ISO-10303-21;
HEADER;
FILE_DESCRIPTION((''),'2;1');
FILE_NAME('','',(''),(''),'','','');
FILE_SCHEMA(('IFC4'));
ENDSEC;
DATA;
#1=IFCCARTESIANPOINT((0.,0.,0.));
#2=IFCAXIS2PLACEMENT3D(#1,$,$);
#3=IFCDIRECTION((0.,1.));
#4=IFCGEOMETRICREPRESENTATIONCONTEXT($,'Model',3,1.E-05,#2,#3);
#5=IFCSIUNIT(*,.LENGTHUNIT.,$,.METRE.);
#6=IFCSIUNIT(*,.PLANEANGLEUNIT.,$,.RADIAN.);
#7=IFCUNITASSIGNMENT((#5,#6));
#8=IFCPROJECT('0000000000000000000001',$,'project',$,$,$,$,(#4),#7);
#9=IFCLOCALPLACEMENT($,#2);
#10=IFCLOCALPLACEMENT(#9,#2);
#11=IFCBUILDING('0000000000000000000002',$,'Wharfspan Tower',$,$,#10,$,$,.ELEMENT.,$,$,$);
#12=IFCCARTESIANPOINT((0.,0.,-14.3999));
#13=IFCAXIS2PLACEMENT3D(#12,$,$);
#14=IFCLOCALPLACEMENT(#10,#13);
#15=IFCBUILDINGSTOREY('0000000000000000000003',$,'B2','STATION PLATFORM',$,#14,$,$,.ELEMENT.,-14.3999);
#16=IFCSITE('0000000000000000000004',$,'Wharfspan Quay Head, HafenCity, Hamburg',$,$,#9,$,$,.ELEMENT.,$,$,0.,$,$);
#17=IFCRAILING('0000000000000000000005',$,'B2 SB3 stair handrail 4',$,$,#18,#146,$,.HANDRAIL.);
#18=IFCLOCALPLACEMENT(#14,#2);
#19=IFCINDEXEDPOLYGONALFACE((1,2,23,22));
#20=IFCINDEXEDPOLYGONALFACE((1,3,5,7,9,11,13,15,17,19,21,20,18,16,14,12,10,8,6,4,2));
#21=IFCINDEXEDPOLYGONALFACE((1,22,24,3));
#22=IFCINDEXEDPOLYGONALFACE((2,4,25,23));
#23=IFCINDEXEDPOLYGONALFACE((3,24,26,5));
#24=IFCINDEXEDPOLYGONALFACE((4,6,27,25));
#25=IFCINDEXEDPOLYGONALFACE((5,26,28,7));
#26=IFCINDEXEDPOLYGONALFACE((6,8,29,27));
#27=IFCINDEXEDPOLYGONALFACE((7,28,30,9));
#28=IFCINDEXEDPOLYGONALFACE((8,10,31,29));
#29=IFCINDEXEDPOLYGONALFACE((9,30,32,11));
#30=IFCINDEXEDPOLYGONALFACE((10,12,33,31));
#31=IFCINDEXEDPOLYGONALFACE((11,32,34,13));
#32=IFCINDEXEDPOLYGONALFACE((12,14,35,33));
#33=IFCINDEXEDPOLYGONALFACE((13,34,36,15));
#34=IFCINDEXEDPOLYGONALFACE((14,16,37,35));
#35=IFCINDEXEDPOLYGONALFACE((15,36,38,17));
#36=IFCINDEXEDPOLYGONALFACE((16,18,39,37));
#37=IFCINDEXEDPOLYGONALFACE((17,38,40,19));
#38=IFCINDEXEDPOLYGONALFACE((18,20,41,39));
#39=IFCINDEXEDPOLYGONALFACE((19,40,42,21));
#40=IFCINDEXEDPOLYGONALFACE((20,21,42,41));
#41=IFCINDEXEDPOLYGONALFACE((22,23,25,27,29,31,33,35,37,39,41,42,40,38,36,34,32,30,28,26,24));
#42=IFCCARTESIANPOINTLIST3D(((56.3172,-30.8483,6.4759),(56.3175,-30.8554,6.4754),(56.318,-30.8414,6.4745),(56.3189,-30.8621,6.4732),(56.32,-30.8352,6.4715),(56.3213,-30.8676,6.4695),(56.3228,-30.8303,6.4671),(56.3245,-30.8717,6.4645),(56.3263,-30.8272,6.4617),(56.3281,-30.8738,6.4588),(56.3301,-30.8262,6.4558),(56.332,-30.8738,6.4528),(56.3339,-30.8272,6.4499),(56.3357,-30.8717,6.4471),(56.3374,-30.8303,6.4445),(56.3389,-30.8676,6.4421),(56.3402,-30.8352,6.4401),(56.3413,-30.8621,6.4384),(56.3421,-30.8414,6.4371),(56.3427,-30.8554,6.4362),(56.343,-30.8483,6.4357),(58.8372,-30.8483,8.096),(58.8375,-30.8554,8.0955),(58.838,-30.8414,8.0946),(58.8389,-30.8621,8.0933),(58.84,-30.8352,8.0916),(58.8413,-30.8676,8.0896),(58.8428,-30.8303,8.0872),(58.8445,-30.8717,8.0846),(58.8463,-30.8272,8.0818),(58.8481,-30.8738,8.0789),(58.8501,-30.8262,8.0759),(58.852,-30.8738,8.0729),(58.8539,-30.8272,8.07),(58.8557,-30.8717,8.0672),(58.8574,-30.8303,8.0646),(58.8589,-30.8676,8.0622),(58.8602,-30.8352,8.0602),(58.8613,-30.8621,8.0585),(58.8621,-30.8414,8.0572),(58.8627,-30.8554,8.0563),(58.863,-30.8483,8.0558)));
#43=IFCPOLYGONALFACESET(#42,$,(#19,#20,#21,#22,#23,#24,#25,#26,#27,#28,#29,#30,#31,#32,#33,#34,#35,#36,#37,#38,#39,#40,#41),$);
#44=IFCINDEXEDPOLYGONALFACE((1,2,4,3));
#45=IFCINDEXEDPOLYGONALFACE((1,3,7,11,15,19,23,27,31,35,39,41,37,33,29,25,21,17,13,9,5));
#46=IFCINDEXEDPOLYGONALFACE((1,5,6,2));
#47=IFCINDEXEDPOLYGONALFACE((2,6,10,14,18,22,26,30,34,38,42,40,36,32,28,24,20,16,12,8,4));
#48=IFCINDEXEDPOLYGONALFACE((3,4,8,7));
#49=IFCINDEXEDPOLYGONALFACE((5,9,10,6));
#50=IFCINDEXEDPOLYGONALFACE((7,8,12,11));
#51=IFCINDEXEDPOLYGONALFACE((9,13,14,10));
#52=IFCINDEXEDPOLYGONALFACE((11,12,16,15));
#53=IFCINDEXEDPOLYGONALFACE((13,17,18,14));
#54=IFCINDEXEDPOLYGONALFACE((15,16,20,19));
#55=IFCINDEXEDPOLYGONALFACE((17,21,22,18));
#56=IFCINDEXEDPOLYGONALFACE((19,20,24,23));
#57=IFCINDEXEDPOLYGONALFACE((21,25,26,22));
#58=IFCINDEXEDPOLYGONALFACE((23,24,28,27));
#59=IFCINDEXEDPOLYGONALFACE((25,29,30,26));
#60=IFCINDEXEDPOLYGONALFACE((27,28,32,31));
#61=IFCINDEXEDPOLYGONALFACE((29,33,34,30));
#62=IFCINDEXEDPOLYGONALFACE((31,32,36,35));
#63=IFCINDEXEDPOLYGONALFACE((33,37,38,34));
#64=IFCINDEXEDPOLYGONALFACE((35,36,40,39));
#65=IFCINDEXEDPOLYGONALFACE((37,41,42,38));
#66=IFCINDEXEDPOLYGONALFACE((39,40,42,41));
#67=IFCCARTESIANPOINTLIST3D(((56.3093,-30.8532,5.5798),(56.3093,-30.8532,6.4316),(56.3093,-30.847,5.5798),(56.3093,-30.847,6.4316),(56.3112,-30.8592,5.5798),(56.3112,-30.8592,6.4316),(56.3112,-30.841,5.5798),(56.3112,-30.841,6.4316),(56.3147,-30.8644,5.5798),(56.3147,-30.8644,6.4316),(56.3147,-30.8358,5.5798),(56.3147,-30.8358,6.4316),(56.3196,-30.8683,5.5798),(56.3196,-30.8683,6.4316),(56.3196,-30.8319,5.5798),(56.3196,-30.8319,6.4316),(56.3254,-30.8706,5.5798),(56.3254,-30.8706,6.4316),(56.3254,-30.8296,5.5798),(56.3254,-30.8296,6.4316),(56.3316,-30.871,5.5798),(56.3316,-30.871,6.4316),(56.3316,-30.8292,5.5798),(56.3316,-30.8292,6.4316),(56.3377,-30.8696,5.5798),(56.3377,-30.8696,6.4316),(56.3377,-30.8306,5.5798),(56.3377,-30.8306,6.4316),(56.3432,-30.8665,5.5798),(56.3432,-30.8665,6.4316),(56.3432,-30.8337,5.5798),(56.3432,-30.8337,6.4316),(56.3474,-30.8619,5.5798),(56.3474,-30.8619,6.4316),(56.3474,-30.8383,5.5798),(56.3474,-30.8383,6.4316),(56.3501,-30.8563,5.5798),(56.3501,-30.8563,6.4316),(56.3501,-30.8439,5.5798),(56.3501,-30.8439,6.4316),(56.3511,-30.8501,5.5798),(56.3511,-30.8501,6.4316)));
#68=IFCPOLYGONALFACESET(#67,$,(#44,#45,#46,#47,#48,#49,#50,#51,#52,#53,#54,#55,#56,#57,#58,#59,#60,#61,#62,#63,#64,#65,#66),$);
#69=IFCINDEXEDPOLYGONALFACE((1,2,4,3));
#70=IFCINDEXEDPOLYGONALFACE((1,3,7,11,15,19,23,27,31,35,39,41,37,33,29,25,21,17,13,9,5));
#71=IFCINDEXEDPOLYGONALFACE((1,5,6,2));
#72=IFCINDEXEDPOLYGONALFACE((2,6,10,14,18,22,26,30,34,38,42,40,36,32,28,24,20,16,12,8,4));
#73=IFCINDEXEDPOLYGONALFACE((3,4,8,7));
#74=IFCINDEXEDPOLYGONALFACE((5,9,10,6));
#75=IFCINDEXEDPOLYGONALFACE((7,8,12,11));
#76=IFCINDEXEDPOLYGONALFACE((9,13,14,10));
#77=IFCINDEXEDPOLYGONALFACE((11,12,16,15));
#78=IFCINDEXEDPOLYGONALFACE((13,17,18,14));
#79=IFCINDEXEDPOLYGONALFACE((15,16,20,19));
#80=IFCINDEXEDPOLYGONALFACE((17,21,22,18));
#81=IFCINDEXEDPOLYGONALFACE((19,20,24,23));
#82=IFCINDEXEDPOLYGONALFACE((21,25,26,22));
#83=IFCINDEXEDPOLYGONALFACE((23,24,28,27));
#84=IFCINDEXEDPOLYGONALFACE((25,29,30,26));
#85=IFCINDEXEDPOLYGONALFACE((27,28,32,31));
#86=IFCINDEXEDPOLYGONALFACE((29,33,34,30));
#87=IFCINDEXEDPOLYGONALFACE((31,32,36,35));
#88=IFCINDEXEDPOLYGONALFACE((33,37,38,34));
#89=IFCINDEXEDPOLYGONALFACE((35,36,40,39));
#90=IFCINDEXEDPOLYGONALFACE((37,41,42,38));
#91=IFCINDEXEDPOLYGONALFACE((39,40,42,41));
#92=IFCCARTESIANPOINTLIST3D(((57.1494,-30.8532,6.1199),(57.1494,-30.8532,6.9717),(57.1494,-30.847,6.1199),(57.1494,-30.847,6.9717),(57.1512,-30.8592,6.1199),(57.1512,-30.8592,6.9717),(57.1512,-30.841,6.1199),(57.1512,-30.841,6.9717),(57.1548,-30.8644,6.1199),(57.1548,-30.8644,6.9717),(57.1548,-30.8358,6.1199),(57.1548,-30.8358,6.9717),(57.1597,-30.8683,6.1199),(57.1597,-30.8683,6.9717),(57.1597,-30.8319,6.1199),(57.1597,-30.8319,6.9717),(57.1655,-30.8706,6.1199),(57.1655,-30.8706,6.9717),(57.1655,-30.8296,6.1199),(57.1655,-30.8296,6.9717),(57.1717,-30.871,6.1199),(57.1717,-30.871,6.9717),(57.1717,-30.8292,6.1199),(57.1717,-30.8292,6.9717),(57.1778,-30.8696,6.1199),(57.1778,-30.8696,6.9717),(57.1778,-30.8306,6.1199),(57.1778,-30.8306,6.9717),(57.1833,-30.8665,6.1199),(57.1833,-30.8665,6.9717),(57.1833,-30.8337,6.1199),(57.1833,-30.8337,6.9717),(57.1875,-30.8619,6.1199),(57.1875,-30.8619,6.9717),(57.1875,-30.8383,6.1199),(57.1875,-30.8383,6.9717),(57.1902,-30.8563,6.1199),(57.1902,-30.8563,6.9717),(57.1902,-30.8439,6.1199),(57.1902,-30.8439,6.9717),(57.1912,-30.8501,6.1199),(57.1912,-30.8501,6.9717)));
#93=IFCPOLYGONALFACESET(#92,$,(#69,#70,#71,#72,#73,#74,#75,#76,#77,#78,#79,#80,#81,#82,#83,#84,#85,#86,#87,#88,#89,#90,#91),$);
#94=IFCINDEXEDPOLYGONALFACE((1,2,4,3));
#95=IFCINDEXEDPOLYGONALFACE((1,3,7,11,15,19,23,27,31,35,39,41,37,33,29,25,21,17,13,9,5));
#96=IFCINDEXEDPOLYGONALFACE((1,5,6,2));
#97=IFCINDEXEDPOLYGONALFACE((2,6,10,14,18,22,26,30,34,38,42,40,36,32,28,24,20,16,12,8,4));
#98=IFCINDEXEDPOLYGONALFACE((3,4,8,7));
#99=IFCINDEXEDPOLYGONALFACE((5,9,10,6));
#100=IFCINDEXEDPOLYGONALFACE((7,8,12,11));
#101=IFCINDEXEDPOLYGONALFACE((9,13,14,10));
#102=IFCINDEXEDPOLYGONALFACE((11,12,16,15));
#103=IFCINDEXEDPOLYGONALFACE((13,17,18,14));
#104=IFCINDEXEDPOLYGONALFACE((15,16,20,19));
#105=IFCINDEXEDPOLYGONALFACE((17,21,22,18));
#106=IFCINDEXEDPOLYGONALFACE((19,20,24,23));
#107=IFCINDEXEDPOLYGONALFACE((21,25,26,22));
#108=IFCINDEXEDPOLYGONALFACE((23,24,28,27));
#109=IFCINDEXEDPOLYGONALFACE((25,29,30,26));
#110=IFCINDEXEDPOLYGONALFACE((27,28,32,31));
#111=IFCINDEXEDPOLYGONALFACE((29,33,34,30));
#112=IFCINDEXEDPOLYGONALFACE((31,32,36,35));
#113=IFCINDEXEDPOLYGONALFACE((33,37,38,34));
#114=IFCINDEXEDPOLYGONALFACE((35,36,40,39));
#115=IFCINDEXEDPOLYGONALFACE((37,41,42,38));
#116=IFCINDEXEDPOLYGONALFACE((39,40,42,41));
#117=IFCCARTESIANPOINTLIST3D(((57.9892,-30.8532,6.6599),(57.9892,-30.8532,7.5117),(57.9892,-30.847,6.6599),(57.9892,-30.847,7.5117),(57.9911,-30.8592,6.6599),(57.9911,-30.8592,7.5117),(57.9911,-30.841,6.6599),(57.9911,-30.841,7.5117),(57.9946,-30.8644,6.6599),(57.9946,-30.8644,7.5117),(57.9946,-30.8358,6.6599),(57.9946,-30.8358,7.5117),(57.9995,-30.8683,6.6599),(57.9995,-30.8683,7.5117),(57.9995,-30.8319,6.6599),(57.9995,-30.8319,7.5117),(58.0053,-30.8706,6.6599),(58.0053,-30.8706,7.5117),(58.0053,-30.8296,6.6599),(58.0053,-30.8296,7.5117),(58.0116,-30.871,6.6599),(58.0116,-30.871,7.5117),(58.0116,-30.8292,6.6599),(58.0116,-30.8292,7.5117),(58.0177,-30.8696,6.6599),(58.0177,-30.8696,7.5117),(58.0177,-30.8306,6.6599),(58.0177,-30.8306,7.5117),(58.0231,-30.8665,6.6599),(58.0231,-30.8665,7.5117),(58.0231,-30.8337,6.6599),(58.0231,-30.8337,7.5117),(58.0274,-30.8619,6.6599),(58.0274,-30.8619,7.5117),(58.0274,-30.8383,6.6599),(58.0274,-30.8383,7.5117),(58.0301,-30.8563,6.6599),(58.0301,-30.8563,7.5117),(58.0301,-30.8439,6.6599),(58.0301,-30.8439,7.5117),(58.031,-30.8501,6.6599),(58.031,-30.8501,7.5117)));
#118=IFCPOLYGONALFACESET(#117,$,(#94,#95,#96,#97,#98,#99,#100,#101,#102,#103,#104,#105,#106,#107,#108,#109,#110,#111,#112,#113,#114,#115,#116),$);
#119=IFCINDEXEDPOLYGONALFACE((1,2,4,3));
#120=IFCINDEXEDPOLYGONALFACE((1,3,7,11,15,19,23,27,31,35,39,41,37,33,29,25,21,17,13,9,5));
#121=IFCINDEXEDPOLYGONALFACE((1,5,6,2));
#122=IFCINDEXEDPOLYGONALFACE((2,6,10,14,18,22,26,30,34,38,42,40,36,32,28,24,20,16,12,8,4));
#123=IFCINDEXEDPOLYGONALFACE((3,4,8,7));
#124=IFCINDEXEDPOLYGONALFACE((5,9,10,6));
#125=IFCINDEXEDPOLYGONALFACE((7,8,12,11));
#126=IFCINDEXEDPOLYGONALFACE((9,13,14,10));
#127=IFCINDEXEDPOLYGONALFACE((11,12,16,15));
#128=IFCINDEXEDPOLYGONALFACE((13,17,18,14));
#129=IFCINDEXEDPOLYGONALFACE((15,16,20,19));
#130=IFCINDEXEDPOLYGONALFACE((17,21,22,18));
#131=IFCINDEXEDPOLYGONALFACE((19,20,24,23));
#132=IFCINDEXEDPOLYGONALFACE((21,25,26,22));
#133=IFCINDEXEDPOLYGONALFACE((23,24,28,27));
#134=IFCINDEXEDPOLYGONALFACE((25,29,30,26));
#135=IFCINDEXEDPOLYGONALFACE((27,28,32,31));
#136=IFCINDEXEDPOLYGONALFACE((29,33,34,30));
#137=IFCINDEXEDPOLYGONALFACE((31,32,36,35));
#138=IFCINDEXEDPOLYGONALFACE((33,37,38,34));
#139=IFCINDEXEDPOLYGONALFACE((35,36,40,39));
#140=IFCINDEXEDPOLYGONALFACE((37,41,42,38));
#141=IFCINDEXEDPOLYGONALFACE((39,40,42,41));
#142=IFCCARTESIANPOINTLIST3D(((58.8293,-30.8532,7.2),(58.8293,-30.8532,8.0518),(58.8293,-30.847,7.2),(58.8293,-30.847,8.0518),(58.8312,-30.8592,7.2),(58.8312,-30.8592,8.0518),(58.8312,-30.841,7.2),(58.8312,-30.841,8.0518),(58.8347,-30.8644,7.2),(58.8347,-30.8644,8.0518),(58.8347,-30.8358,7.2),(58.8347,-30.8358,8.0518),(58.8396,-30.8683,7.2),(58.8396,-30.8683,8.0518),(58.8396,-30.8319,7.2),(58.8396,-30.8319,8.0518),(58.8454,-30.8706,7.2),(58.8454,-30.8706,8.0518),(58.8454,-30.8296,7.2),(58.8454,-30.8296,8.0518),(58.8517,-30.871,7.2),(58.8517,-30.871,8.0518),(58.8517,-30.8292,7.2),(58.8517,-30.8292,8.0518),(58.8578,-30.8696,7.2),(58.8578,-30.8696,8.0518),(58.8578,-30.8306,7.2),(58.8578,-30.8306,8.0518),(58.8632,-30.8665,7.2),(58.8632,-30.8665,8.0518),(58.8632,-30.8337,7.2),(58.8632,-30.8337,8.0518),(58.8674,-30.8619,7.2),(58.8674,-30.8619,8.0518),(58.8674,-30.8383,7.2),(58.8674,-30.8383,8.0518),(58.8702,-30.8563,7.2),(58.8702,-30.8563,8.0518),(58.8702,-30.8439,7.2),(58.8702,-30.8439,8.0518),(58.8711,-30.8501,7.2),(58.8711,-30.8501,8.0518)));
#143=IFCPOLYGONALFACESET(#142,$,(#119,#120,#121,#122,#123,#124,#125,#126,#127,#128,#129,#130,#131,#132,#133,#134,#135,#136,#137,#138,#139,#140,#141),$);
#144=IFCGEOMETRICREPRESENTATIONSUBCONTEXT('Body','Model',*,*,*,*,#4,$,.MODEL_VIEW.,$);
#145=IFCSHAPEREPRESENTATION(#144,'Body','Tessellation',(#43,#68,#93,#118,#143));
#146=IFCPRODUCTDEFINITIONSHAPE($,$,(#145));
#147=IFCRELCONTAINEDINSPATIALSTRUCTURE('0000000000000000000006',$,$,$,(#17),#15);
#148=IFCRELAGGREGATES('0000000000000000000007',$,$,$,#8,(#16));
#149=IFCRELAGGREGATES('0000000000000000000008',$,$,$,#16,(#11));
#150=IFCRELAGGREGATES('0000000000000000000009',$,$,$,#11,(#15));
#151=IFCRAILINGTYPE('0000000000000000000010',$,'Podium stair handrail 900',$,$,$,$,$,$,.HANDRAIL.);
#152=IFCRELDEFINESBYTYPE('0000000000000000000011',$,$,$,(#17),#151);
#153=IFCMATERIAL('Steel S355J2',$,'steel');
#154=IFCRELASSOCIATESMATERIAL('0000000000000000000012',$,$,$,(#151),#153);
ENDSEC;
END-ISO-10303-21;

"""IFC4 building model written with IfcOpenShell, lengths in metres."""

from ifc_helpers import new_model, si_unit, direction, frame, origin, origin_2d, place, context, subcontext, project, spatial, circle, extrude, material, type_object, element, save


model = new_model("IFC4")

# Units and contexts
model_context = context("Model", 3, precision=1e-05, world=origin(), true_north=direction((0.0, 1.0)))
body_context = subcontext(model_context, "Body", "Model", "MODEL_VIEW")
ifc_project = project(units=[si_unit("LENGTHUNIT", "METRE"), si_unit("PLANEANGLEUNIT", "RADIAN")], contexts=[model_context])

# Site, building, storey
site_placement = place(None, origin())
site = spatial("IfcSite", under=ifc_project, at=site_placement, Name="Wharfspan Quay Head, HafenCity, Hamburg", CompositionType="ELEMENT", RefElevation=0.0)
building_placement = place(site_placement, origin())
building = spatial("IfcBuilding", under=site, at=building_placement, Name="Wharfspan Tower", CompositionType="ELEMENT")
storey_placement = place(building_placement, frame((0.0, 0.0, -14.3999)))
storey = spatial("IfcBuildingStorey", under=building, at=storey_placement, Name="B2", Description="STATION PLATFORM", CompositionType="ELEMENT", Elevation=-14.3999)

# Railing
ifc_material_1 = material(Name="Steel S355J2", Category="steel")
railing_type_1 = type_object("IfcRailingType", Name="Podium stair handrail 900", PredefinedType="HANDRAIL", material=ifc_material_1)
railing_1_placement = place(storey_placement, frame((56.3301, -30.8501, 5.5798)))
element("IfcRailing", 1, at=railing_1_placement, inside=storey, type_object=railing_type_1, Name="B2 SB3 stair handrail 4", PredefinedType="HANDRAIL", context=body_context, shape_type="SweptSolid", body=[
    extrude(circle(Radius=0.0239, at=origin_2d()), frame((0.0, 0.0, 0.876), z_axis=(0.841163, 0.0, 0.540782), x_axis=(0.0, 1.0, 0.0)), (0.0, 0.0, 1.0), 2.9958),
    extrude(circle(Radius=0.021, at=origin_2d()), origin(), (0.0, 0.0, 1.0), 0.8518),
    extrude(circle(Radius=0.021, at=origin_2d()), frame((0.8401, 0.0, 0.54)), (0.0, 0.0, 1.0), 0.8518),
    extrude(circle(Radius=0.021, at=origin_2d()), frame((1.6799, 0.0, 1.0801)), (0.0, 0.0, 1.0), 0.8518),
    extrude(circle(Radius=0.021, at=origin_2d()), frame((2.52, 0.0, 1.6201)), (0.0, 0.0, 1.0), 0.8518),
])

save(model, "model.ifc")
